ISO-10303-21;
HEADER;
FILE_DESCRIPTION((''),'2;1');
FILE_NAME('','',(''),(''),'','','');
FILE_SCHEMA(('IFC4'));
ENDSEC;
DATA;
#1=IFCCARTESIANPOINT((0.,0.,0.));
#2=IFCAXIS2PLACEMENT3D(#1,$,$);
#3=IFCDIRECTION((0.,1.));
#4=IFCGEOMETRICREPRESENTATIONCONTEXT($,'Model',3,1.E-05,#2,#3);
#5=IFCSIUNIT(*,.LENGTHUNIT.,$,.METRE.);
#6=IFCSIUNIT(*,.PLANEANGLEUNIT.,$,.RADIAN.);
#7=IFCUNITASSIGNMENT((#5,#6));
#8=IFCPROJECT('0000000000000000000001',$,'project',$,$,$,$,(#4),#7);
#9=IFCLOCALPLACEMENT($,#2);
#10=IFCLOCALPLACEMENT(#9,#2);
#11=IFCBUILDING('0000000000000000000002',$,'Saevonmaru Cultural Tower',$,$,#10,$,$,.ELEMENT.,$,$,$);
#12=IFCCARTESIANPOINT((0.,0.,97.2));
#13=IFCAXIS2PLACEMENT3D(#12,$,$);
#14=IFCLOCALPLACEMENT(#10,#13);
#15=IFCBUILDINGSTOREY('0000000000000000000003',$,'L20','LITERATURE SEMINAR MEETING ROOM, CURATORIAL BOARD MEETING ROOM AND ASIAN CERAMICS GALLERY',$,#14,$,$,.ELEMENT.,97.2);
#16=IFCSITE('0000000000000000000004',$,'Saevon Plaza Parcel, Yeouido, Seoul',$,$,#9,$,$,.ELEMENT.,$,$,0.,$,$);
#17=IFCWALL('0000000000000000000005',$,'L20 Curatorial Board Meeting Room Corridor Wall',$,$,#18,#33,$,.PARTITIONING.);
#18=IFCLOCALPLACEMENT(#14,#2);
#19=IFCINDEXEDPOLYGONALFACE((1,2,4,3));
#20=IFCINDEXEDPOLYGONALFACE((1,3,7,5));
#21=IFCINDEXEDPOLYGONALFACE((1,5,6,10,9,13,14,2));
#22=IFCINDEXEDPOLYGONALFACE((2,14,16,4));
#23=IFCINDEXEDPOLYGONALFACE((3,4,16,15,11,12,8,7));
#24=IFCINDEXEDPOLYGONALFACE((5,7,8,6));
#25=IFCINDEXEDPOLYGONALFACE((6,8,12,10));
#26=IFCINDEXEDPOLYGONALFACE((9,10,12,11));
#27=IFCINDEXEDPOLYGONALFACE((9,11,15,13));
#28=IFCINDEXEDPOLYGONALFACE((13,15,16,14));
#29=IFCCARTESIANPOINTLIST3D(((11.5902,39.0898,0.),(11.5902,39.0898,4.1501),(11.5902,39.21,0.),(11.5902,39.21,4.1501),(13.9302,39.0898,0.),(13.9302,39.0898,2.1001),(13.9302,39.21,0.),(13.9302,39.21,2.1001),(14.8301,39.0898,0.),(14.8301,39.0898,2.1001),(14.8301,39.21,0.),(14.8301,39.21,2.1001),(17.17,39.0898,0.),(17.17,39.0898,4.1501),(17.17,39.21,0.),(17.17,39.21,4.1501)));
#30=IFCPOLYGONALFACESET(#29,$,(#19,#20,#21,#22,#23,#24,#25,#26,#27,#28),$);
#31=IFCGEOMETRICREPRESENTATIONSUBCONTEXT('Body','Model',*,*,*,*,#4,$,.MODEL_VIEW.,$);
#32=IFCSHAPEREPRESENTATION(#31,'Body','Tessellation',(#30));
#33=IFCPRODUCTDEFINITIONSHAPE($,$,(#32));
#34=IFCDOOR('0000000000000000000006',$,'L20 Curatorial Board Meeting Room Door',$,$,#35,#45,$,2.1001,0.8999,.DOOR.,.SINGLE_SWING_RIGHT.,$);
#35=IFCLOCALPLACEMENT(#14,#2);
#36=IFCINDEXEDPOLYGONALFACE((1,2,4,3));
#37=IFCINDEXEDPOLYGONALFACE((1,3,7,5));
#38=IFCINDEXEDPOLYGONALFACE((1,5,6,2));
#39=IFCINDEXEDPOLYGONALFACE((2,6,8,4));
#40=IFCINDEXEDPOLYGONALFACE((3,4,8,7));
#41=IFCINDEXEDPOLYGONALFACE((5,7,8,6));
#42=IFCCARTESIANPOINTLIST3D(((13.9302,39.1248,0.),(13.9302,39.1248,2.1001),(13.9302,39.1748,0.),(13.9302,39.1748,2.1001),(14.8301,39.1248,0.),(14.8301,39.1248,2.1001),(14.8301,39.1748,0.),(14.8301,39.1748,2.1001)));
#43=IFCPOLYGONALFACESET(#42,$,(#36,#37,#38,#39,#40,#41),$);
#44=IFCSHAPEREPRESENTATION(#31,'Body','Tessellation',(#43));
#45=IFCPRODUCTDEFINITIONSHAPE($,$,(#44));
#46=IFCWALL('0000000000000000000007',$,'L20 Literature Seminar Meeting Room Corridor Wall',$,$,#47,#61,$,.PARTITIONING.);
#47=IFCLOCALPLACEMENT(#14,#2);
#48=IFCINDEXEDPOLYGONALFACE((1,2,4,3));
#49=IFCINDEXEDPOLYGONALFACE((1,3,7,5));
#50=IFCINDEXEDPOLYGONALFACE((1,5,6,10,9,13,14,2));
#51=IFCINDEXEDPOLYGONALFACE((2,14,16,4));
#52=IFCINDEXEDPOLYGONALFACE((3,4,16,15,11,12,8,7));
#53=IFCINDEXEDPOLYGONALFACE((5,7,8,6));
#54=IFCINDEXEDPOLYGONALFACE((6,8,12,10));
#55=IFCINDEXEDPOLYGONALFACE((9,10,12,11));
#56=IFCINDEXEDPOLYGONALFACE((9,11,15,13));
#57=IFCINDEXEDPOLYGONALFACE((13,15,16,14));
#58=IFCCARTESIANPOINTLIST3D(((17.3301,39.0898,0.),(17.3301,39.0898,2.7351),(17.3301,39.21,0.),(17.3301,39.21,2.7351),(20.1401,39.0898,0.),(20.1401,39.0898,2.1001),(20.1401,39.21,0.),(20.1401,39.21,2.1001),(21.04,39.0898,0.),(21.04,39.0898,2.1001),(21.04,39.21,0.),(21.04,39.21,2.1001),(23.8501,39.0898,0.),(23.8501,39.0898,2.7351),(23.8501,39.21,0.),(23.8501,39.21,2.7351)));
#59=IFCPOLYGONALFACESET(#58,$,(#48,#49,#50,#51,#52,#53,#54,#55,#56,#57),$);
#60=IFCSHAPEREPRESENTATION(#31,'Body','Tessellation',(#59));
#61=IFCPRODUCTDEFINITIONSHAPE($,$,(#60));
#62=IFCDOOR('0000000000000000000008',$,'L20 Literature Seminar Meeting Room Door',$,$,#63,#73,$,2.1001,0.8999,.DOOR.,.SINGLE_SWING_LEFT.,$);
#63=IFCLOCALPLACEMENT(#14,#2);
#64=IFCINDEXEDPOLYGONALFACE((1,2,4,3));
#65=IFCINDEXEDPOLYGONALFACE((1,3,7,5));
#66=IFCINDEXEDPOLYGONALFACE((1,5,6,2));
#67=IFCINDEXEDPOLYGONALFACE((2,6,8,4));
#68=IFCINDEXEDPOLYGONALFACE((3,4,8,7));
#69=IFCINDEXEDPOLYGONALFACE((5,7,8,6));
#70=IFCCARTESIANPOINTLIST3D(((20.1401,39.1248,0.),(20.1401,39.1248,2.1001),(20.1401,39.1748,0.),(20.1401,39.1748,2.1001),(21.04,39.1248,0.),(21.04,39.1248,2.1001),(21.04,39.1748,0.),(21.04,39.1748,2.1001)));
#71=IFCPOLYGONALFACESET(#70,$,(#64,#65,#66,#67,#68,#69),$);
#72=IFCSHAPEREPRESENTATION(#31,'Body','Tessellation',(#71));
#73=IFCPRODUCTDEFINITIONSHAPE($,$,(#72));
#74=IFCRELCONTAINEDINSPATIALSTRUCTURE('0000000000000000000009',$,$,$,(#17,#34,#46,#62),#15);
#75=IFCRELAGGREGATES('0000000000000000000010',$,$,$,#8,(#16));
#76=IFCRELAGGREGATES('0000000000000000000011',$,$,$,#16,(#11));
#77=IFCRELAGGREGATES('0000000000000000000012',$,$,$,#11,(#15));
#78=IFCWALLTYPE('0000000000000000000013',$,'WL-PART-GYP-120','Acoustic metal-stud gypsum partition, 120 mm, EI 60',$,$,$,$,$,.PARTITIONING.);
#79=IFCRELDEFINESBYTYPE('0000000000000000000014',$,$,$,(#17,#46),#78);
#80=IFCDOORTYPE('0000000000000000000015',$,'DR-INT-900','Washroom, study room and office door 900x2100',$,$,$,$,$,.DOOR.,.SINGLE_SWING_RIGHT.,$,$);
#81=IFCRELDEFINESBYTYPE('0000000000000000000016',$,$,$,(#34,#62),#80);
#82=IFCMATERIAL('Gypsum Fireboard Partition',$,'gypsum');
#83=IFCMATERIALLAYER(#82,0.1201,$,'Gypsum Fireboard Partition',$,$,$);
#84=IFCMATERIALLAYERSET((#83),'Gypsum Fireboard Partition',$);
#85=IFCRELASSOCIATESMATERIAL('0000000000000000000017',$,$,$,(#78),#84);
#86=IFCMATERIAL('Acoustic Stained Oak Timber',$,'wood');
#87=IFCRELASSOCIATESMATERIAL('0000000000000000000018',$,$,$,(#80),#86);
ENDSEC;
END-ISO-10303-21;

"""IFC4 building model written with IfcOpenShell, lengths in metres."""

from ifc_helpers import new_model, si_unit, direction, frame, frame_2d, origin, place, context, subcontext, project, spatial, rectangle, extrude, material, layer, layer_set, type_object, element, fill, save


model = new_model("IFC4")

# Units and contexts
model_context = context("Model", 3, precision=1e-05, world=origin(), true_north=direction((0.0, 1.0)))
body_context = subcontext(model_context, "Body", "Model", "MODEL_VIEW")
ifc_project = project(units=[si_unit("LENGTHUNIT", "METRE"), si_unit("PLANEANGLEUNIT", "RADIAN")], contexts=[model_context])

# Site, building, storey
site_placement = place(None, origin())
site = spatial("IfcSite", under=ifc_project, at=site_placement, Name="Saevon Plaza Parcel, Yeouido, Seoul", CompositionType="ELEMENT", RefElevation=0.0)
building_placement = place(site_placement, origin())
building = spatial("IfcBuilding", under=site, at=building_placement, Name="Saevonmaru Cultural Tower", CompositionType="ELEMENT")
storey_placement = place(building_placement, frame((0.0, 0.0, 97.2)))
storey = spatial("IfcBuildingStorey", under=building, at=storey_placement, Name="L20", Description="LITERATURE SEMINAR MEETING ROOM, CURATORIAL BOARD MEETING ROOM AND ASIAN CERAMICS GALLERY", CompositionType="ELEMENT", Elevation=97.2)

# Shared definitions
ifc_material_1 = material(Name="Gypsum Fireboard Partition", Category="gypsum")

# Walls, openings, doors
ifc_layer_1 = layer(ifc_material_1, 0.1201, Name="Gypsum Fireboard Partition")
ifc_layer_set_1 = layer_set([ifc_layer_1], Name="Gypsum Fireboard Partition")
wall_type_1 = type_object("IfcWallType", Name="WL-PART-GYP-120", Description="Acoustic metal-stud gypsum partition, 120 mm, EI 60", PredefinedType="PARTITIONING", material=ifc_layer_set_1)
ifc_material_2 = material(Name="Acoustic Stained Oak Timber", Category="wood")
door_type = type_object("IfcDoorType", Name="DR-INT-900", Description="Washroom, study room and office door 900x2100", OperationType="SINGLE_SWING_RIGHT", PredefinedType="DOOR", material=ifc_material_2)
wall_1_placement = place(storey_placement, frame((11.5901, 39.1499, 0.0), z_axis=(0.0, 0.0, 1.0), x_axis=(1.0, 0.0, 0.0)))
wall_1 = element("IfcWall", 1, at=wall_1_placement, inside=storey, type_object=wall_type_1, Name="L20 Curatorial Board Meeting Room Corridor Wall", PredefinedType="PARTITIONING", context=body_context, shape_type="SweptSolid", body=[
    extrude(rectangle(XDim=5.5798, YDim=0.1201, at=frame_2d((2.79, 0.0))), origin(), (0.0, 0.0, 1.0), 4.1501),
])
opening_1_placement = place(wall_1_placement, frame((2.3401, 0.0, 0.0)))
opening_1 = element("IfcOpeningElement", 2, at=opening_1_placement, cuts=wall_1, PredefinedType="OPENING", context=body_context, shape_type="SweptSolid", body=[
    extrude(rectangle(XDim=0.8999, YDim=2.1001, at=frame_2d((0.45, 1.05))), frame((0.0, 0.0701, 0.0), z_axis=(0.0, -1.0, 0.0), x_axis=(1.0, 0.0, 0.0)), (0.0, 0.0, 1.0), 0.1401),
])
door_1_placement = place(opening_1_placement, origin())
door_1 = element("IfcDoor", 3, at=door_1_placement, inside=storey, type_object=door_type, Name="L20 Curatorial Board Meeting Room Door", OperationType="SINGLE_SWING_RIGHT", OverallHeight=2.1001, OverallWidth=0.8999, PredefinedType="DOOR", context=body_context, shape_type="SweptSolid", body=[
    extrude(rectangle(XDim=0.8999, YDim=2.1001, at=frame_2d((0.45, 1.05))), frame((0.0, 0.0249, 0.0), z_axis=(0.0, -1.0, 0.0), x_axis=(1.0, 0.0, 0.0)), (0.0, 0.0, 1.0), 0.05),
])
fill(opening_1, door_1)
wall_2_placement = place(storey_placement, frame((17.3301, 39.1499, 0.0), z_axis=(0.0, 0.0, 1.0), x_axis=(1.0, 0.0, 0.0)))
wall_2 = element("IfcWall", 4, at=wall_2_placement, inside=storey, type_object=wall_type_1, Name="L20 Literature Seminar Meeting Room Corridor Wall", PredefinedType="PARTITIONING", context=body_context, shape_type="SweptSolid", body=[
    extrude(rectangle(XDim=6.52, YDim=0.1201, at=frame_2d((3.26, 0.0))), origin(), (0.0, 0.0, 1.0), 2.7351),
])
opening_2_placement = place(wall_2_placement, frame((2.8101, 0.0, 0.0)))
opening_2 = element("IfcOpeningElement", 5, at=opening_2_placement, cuts=wall_2, PredefinedType="OPENING", context=body_context, shape_type="SweptSolid", body=[
    extrude(rectangle(XDim=0.8999, YDim=2.1001, at=frame_2d((0.45, 1.05))), frame((0.0, 0.0701, 0.0), z_axis=(0.0, -1.0, 0.0), x_axis=(1.0, 0.0, 0.0)), (0.0, 0.0, 1.0), 0.1401),
])
door_2_placement = place(opening_2_placement, origin())
door_2 = element("IfcDoor", 6, at=door_2_placement, inside=storey, type_object=door_type, Name="L20 Literature Seminar Meeting Room Door", OperationType="SINGLE_SWING_LEFT", OverallHeight=2.1001, OverallWidth=0.8999, PredefinedType="DOOR", context=body_context, shape_type="SweptSolid", body=[
    extrude(rectangle(XDim=0.8999, YDim=2.1001, at=frame_2d((0.45, 1.05))), frame((0.0, 0.0249, 0.0), z_axis=(0.0, -1.0, 0.0), x_axis=(1.0, 0.0, 0.0)), (0.0, 0.0, 1.0), 0.05),
])
fill(opening_2, door_2)

save(model, "model.ifc")
